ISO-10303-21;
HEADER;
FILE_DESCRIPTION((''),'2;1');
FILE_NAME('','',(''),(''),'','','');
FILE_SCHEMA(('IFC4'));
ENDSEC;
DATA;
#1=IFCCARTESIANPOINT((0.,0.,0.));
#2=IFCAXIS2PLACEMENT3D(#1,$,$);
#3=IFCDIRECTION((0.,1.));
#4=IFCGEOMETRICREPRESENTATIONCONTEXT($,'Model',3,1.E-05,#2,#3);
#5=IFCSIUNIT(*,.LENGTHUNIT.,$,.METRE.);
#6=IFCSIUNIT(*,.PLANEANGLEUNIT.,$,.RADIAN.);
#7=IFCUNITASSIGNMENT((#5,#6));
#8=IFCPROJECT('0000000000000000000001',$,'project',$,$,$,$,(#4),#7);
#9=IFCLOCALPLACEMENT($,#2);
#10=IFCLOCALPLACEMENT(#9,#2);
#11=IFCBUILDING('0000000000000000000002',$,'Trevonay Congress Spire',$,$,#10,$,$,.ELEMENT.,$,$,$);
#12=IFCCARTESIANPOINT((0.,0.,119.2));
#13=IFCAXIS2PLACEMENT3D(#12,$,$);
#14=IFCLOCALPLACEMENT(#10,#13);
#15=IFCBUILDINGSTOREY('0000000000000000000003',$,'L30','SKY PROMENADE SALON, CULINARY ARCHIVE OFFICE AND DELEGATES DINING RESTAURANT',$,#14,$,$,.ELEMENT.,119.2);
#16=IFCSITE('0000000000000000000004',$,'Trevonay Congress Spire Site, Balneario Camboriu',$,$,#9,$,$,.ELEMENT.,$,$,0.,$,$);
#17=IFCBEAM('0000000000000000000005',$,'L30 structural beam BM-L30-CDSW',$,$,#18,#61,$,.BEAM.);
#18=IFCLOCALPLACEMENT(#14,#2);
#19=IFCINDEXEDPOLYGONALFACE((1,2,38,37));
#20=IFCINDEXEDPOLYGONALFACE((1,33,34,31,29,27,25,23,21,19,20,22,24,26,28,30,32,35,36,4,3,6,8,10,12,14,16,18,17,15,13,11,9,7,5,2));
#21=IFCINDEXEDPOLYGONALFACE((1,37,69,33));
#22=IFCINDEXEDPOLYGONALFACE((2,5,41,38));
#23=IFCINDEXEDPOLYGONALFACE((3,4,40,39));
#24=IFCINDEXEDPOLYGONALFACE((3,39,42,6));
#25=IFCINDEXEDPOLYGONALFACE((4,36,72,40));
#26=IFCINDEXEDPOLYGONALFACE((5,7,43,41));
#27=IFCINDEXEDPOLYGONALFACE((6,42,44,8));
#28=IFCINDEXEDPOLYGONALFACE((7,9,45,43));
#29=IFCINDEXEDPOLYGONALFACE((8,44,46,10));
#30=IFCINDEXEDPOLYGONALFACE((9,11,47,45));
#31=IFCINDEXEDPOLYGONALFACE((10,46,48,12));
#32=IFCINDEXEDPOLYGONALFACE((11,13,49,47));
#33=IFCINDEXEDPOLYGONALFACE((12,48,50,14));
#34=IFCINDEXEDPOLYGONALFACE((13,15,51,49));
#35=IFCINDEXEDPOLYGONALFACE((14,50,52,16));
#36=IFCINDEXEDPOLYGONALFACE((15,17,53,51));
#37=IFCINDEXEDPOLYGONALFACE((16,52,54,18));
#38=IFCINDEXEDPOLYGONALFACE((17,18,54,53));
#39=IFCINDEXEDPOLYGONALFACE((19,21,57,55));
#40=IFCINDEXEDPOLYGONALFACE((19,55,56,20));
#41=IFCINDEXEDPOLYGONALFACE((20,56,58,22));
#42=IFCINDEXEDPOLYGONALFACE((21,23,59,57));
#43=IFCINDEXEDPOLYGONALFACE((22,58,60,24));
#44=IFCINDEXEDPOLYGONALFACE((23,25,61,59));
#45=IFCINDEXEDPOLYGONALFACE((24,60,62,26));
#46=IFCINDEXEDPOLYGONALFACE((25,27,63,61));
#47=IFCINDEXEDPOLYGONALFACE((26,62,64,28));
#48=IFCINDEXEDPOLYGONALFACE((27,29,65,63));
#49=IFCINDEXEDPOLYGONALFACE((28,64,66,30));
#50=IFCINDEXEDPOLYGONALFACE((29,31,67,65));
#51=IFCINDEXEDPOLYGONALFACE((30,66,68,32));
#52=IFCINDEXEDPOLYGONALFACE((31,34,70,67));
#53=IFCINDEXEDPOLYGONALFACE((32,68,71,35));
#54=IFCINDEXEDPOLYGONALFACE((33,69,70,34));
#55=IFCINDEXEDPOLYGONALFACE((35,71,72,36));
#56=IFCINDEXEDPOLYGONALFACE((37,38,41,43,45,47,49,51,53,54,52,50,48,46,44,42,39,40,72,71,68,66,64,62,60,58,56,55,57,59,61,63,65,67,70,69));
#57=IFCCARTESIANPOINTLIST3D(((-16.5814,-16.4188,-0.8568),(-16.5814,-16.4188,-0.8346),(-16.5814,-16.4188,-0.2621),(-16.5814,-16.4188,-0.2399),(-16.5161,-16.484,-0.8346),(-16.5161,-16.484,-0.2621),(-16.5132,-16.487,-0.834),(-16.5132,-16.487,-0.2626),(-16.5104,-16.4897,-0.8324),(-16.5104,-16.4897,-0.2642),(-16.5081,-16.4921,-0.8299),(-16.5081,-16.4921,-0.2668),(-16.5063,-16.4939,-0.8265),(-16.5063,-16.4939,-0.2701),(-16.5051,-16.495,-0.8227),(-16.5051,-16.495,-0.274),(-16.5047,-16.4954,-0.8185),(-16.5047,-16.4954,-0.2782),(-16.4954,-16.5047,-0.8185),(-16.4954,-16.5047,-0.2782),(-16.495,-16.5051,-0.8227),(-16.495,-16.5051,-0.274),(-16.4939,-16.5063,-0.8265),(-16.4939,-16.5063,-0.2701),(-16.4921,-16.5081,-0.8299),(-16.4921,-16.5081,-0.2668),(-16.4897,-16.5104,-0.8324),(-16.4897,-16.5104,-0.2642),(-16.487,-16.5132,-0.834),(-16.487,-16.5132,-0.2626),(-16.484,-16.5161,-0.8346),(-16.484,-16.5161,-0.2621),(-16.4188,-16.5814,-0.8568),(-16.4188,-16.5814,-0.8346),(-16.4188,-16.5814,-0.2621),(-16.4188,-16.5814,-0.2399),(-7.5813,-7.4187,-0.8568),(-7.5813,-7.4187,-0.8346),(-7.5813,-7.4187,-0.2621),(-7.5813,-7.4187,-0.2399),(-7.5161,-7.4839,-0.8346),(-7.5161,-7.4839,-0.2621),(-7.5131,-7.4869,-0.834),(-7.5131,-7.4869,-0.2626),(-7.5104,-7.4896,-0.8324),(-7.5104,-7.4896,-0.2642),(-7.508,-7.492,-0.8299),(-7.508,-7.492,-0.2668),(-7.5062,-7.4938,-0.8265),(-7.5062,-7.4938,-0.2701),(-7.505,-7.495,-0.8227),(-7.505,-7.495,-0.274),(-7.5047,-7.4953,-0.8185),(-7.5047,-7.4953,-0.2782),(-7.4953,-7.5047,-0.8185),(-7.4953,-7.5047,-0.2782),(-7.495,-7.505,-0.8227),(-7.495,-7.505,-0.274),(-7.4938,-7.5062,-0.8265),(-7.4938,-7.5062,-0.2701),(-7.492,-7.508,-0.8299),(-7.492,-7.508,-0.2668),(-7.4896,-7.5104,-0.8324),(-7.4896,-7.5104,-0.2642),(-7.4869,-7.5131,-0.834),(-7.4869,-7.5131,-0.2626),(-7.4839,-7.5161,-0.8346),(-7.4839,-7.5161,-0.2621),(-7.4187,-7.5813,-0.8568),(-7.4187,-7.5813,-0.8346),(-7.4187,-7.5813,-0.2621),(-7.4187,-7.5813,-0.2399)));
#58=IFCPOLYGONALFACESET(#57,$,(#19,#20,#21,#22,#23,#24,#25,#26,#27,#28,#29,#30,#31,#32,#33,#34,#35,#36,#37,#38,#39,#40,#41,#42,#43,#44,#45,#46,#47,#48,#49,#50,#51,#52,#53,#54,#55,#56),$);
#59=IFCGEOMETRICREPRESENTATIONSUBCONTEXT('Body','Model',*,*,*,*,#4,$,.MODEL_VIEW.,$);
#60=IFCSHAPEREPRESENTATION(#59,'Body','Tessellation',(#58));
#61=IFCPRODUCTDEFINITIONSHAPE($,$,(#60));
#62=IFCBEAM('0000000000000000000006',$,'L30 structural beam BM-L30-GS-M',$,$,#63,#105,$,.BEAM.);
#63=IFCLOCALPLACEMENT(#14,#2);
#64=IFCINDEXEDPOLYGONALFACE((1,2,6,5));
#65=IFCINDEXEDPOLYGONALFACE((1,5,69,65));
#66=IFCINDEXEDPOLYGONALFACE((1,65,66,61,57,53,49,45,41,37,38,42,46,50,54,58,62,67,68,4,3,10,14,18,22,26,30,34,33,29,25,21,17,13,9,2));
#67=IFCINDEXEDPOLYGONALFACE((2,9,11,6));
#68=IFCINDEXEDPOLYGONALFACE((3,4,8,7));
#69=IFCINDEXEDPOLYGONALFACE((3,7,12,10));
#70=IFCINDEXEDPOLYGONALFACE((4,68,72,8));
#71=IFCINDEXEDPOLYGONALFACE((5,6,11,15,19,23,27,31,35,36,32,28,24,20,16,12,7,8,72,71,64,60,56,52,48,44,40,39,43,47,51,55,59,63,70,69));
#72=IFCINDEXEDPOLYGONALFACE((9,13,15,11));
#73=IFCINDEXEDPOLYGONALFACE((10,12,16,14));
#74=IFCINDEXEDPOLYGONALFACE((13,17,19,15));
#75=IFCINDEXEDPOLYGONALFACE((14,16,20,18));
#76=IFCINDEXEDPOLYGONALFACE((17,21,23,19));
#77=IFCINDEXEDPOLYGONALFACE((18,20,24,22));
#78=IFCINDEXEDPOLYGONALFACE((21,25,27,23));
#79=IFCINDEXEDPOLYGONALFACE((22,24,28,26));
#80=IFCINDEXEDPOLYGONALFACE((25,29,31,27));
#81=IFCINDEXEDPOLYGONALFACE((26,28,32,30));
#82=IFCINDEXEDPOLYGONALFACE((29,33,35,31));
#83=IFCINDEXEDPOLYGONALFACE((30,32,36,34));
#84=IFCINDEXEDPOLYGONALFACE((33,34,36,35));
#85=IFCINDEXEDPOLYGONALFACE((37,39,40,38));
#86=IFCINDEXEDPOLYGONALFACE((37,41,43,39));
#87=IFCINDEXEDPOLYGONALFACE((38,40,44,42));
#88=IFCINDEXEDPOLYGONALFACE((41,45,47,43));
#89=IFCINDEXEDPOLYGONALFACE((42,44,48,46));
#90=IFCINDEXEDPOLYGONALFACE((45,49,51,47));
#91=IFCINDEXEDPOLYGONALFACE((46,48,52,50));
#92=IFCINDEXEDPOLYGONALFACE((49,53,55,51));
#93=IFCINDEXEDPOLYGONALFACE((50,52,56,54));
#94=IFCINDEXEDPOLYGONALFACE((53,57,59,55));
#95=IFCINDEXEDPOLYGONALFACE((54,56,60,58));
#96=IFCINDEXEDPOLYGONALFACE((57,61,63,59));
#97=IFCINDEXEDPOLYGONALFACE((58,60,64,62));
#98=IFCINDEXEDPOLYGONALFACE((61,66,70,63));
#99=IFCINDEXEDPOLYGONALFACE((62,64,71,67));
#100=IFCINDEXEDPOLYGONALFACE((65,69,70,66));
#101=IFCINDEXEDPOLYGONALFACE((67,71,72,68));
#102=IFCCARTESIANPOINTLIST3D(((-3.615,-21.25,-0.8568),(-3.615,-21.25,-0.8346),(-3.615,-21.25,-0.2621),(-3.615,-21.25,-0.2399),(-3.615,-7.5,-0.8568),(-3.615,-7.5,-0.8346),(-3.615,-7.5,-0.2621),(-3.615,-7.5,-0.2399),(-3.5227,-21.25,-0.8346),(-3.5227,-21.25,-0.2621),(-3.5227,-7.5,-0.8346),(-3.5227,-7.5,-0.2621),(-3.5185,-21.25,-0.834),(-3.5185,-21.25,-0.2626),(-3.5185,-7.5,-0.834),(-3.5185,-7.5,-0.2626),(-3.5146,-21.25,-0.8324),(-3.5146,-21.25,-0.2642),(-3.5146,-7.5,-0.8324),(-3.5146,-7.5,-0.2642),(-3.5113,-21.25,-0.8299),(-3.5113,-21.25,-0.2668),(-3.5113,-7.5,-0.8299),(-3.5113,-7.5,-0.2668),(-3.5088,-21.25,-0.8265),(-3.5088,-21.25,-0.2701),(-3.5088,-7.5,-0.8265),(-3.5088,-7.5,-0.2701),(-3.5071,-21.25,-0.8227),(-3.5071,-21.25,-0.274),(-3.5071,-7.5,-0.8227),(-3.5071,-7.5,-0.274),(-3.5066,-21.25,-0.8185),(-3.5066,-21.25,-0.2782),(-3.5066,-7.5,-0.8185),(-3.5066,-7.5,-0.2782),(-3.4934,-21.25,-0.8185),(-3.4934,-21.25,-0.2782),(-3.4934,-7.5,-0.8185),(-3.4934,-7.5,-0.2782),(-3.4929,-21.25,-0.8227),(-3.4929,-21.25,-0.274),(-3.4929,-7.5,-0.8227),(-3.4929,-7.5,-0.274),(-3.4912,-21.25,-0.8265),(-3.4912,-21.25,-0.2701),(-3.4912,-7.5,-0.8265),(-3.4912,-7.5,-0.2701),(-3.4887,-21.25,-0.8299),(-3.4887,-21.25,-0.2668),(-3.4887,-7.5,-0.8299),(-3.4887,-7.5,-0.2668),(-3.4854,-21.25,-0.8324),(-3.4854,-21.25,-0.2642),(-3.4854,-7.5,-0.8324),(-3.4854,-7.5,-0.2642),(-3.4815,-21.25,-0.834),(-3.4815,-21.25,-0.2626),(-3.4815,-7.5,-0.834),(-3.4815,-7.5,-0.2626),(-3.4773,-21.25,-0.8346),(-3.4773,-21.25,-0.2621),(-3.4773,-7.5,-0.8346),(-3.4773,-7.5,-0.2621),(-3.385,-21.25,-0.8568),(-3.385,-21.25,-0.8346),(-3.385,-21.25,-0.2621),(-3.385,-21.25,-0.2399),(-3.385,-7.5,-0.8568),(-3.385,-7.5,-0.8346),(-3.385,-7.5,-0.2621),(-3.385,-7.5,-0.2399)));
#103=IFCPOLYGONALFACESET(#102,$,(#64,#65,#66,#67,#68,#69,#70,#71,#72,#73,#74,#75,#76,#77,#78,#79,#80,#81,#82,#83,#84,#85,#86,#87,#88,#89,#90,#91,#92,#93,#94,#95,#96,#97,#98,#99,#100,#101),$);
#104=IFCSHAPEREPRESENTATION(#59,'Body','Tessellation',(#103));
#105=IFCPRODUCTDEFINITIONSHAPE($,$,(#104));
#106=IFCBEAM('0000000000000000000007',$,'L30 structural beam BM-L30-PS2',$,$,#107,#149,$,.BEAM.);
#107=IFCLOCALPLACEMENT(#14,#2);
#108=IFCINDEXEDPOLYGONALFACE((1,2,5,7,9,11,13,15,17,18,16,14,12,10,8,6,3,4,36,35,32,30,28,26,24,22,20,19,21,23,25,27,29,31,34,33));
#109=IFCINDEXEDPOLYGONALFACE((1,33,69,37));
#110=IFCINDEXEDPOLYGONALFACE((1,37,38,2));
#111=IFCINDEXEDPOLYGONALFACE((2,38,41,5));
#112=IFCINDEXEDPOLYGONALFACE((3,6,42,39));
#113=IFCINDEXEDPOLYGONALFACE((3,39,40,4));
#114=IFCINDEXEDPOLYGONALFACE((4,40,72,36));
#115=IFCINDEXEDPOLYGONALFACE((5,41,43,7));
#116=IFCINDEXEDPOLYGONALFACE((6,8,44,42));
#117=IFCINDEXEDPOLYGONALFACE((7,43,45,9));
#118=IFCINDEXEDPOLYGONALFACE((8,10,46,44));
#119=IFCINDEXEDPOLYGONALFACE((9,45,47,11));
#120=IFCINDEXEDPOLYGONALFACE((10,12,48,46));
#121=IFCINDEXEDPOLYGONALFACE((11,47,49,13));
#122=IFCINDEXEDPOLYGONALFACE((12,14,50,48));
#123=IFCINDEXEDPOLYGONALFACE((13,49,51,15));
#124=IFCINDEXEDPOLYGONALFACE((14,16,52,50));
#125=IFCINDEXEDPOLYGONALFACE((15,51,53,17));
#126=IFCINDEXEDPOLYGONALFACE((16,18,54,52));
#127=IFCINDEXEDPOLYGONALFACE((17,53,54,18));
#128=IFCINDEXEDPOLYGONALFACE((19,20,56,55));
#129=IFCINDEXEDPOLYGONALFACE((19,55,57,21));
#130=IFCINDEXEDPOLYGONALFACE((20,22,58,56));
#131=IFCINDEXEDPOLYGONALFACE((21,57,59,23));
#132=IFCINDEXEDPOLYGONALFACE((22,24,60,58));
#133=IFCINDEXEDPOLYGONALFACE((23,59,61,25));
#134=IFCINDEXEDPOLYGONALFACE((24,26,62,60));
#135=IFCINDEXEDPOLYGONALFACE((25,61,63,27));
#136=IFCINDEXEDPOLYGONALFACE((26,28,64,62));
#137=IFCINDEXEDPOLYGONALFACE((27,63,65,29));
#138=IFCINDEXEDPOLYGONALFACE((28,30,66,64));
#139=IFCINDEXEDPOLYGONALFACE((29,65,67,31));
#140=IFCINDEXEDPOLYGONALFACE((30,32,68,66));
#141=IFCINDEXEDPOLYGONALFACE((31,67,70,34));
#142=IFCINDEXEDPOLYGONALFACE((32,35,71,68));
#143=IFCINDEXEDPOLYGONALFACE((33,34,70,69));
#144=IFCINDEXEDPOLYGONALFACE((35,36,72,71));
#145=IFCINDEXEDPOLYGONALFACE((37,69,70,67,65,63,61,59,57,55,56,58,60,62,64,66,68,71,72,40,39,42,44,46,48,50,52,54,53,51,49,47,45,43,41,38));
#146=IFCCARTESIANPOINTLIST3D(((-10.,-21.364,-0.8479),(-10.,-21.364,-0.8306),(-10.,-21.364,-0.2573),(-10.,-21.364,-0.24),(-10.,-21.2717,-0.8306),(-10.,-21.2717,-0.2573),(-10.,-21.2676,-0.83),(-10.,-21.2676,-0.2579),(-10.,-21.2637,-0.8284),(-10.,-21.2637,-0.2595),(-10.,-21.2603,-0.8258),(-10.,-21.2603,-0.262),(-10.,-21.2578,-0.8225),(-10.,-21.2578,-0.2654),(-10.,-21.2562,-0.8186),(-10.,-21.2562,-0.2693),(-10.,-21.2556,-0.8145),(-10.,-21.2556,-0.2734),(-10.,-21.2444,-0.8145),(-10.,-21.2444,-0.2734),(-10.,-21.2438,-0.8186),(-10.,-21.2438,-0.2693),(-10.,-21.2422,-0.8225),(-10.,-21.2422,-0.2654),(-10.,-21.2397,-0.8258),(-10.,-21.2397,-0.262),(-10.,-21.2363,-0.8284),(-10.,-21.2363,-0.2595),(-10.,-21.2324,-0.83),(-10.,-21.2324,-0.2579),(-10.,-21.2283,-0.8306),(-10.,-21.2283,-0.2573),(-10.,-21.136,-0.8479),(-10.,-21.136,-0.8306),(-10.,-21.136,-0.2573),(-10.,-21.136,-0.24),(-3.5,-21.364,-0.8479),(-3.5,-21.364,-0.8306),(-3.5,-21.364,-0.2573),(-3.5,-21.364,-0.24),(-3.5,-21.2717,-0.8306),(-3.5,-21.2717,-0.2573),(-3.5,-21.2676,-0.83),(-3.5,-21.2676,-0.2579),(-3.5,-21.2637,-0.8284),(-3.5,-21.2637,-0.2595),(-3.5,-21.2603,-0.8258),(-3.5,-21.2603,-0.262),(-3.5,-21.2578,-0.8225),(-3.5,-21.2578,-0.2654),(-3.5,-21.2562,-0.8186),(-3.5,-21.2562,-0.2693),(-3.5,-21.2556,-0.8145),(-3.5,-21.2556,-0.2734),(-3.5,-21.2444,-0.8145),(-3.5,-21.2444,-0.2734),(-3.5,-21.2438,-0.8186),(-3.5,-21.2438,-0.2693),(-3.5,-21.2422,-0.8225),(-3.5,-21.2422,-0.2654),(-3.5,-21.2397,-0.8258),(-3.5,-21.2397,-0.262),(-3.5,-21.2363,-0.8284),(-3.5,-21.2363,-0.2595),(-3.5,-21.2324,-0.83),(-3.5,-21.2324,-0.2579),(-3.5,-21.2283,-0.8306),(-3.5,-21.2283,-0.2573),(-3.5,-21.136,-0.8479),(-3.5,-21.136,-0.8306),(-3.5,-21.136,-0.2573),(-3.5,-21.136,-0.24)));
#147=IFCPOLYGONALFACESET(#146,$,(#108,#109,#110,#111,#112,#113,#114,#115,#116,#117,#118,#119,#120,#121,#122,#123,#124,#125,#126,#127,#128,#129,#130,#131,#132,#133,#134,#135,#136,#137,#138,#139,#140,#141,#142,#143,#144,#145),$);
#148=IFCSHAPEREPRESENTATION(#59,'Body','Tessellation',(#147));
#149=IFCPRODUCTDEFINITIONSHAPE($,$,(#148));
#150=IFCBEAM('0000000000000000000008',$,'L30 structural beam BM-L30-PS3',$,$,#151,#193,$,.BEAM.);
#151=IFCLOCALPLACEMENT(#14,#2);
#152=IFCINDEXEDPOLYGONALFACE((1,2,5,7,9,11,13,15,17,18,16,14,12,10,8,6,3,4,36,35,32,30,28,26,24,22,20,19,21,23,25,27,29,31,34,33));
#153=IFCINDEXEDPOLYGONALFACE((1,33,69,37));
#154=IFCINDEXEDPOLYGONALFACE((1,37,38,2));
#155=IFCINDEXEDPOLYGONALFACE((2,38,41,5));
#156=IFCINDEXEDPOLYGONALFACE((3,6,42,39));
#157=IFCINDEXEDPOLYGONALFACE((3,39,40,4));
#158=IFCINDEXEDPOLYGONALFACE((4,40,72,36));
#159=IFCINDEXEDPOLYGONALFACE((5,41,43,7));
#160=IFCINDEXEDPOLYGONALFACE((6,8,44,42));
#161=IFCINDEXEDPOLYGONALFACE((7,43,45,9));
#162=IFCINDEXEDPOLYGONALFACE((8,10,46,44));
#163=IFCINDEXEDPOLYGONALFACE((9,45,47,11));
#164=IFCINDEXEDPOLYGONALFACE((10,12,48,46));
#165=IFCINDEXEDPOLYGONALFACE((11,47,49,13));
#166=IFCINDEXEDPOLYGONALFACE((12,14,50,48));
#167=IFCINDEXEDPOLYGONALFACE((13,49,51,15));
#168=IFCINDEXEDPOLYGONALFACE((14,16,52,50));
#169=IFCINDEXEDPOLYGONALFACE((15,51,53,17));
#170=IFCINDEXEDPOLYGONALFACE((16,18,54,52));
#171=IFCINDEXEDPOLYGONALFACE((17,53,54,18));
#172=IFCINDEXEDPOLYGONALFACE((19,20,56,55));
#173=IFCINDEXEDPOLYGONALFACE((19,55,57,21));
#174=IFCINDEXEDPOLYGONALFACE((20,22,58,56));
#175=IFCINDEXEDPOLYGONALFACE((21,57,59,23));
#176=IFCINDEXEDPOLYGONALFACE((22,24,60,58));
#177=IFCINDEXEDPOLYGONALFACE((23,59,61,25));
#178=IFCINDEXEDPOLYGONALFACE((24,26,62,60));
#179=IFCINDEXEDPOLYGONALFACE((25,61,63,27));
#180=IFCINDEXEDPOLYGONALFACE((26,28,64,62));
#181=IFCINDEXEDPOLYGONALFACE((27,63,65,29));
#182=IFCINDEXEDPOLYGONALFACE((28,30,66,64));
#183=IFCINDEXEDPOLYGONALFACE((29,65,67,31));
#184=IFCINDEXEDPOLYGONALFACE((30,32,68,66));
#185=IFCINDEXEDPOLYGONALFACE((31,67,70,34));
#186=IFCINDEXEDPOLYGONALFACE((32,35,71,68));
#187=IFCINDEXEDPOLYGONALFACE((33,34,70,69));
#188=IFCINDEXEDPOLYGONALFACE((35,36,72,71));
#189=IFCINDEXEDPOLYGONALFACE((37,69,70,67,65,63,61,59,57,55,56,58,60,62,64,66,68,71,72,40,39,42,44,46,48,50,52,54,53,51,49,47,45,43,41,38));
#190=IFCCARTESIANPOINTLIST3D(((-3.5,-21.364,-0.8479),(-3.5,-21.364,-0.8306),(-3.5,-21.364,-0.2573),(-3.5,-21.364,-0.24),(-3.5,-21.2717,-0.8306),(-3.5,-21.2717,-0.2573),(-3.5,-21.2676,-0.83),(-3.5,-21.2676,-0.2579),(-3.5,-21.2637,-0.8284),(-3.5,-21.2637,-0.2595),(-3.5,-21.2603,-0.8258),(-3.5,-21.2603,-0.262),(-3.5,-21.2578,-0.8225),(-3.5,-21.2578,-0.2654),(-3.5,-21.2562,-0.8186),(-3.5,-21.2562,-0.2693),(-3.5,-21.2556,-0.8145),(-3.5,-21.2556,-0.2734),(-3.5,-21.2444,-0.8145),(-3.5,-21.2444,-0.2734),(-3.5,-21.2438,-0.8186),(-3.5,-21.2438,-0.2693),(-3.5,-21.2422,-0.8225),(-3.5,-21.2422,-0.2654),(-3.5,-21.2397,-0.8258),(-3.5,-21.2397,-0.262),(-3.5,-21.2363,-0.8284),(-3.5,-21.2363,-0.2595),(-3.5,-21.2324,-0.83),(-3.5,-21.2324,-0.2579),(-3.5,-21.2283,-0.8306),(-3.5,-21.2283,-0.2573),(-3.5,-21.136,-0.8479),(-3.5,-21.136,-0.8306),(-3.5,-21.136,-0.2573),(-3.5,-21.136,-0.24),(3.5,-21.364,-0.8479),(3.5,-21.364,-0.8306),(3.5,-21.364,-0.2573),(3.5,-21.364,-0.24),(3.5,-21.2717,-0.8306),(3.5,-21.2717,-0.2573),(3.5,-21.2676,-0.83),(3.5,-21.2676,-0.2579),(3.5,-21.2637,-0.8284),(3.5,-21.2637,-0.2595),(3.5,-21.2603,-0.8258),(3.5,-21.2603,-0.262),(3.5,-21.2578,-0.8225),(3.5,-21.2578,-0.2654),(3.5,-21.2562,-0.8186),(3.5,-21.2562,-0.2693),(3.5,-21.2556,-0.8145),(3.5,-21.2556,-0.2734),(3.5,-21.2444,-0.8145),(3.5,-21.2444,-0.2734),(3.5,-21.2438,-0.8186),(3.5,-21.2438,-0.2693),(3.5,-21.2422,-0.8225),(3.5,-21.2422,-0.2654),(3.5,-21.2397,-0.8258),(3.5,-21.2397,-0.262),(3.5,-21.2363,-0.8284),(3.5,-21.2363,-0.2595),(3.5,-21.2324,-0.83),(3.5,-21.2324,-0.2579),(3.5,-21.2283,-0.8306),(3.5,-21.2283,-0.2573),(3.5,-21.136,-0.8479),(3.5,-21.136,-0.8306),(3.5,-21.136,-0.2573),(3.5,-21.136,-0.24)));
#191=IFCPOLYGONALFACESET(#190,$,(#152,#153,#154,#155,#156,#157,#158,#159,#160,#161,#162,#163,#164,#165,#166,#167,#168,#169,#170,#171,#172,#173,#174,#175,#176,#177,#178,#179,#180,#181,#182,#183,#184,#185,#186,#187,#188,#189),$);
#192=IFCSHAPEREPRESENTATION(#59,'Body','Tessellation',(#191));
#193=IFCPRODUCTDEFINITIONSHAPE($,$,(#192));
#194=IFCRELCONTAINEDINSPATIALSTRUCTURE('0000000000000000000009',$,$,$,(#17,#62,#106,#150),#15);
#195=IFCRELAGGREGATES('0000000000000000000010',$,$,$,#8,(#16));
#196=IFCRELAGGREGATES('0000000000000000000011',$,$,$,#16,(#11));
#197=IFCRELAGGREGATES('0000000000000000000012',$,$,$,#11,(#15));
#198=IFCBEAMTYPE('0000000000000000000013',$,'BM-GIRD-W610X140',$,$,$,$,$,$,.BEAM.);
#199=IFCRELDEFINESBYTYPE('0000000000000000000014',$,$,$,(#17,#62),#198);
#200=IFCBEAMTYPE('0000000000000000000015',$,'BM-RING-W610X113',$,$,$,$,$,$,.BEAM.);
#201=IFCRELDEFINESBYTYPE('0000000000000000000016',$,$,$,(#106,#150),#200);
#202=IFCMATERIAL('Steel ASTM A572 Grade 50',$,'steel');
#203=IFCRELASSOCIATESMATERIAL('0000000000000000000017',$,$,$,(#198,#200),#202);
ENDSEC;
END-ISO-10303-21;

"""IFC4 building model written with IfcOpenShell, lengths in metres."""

from ifc_helpers import new_model, si_unit, direction, frame, origin, origin_2d, place, context, subcontext, project, spatial, i_section, extrude, material, material_profile, profile_set, type_object, element, save


model = new_model("IFC4")

# Units and contexts
model_context = context("Model", 3, precision=1e-05, world=origin(), true_north=direction((0.0, 1.0)))
body_context = subcontext(model_context, "Body", "Model", "MODEL_VIEW")
ifc_project = project(units=[si_unit("LENGTHUNIT", "METRE"), si_unit("PLANEANGLEUNIT", "RADIAN")], contexts=[model_context])

# Site, building, storey
site_placement = place(None, origin())
site = spatial("IfcSite", under=ifc_project, at=site_placement, Name="Trevonay Congress Spire Site, Balneario Camboriu", CompositionType="ELEMENT", RefElevation=0.0)
building_placement = place(site_placement, origin())
building = spatial("IfcBuilding", under=site, at=building_placement, Name="Trevonay Congress Spire", CompositionType="ELEMENT")
storey_placement = place(building_placement, frame((0.0, 0.0, 119.2)))
storey = spatial("IfcBuildingStorey", under=building, at=storey_placement, Name="L30", Description="SKY PROMENADE SALON, CULINARY ARCHIVE OFFICE AND DELEGATES DINING RESTAURANT", CompositionType="ELEMENT", Elevation=119.2)

# Shared definitions
ifc_material_1 = material(Name="Steel ASTM A572 Grade 50", Category="steel")

# Beams
ifc_material_profile_1 = material_profile(ifc_material_1, i_section(OverallWidth=0.23, OverallDepth=0.6169, WebThickness=0.0132, FlangeThickness=0.0222, FilletRadius=0.0161, at=origin_2d()), Name="W610x140")
ifc_profile_set_1 = profile_set([ifc_material_profile_1], Name="Steel ASTM A572 Grade 50")
beam_type_1 = type_object("IfcBeamType", Name="BM-GIRD-W610X140", PredefinedType="BEAM", material=ifc_profile_set_1)
beam_1_placement = place(storey_placement, frame((-7.5, -7.5, -0.5483), z_axis=(-0.707107, -0.707107, 0.0), x_axis=(0.707107, -0.707107, 0.0)))
element("IfcBeam", 1, at=beam_1_placement, inside=storey, type_object=beam_type_1, Name="L30 structural beam BM-L30-CDSW", PredefinedType="BEAM", context=body_context, shape_type="SweptSolid", body=[
    extrude(i_section(OverallWidth=0.23, OverallDepth=0.6169, WebThickness=0.0132, FlangeThickness=0.0222, FilletRadius=0.0161, at=origin_2d()), origin(), (0.0, 0.0, 1.0), 12.728),
])
beam_2_placement = place(storey_placement, frame((-3.5, -7.5, -0.5483), z_axis=(0.0, -1.0, 0.0), x_axis=(1.0, 0.0, 0.0)))
element("IfcBeam", 2, at=beam_2_placement, inside=storey, type_object=beam_type_1, Name="L30 structural beam BM-L30-GS-M", PredefinedType="BEAM", context=body_context, shape_type="SweptSolid", body=[
    extrude(i_section(OverallWidth=0.23, OverallDepth=0.6169, WebThickness=0.0132, FlangeThickness=0.0222, FilletRadius=0.0161, at=origin_2d()), origin(), (0.0, 0.0, 1.0), 13.75),
])
ifc_material_profile_2 = material_profile(ifc_material_1, i_section(OverallWidth=0.228, OverallDepth=0.6079, WebThickness=0.0112, FlangeThickness=0.0173, FilletRadius=0.0161, at=origin_2d()), Name="W610x113")
ifc_profile_set_2 = profile_set([ifc_material_profile_2], Name="Steel ASTM A572 Grade 50")
beam_type_2 = type_object("IfcBeamType", Name="BM-RING-W610X113", PredefinedType="BEAM", material=ifc_profile_set_2)
beam_3_placement = place(storey_placement, frame((-10.0, -21.25, -0.5439), z_axis=(1.0, 0.0, 0.0), x_axis=(0.0, 1.0, 0.0)))
element("IfcBeam", 3, at=beam_3_placement, inside=storey, type_object=beam_type_2, Name="L30 structural beam BM-L30-PS2", PredefinedType="BEAM", context=body_context, shape_type="SweptSolid", body=[
    extrude(i_section(OverallWidth=0.228, OverallDepth=0.6079, WebThickness=0.0112, FlangeThickness=0.0173, FilletRadius=0.0161, at=origin_2d()), origin(), (0.0, 0.0, 1.0), 6.5),
])
beam_4_placement = place(storey_placement, frame((-3.5, -21.25, -0.5439), z_axis=(1.0, 0.0, 0.0), x_axis=(0.0, 1.0, 0.0)))
element("IfcBeam", 4, at=beam_4_placement, inside=storey, type_object=beam_type_2, Name="L30 structural beam BM-L30-PS3", PredefinedType="BEAM", context=body_context, shape_type="SweptSolid", body=[
    extrude(i_section(OverallWidth=0.228, OverallDepth=0.6079, WebThickness=0.0112, FlangeThickness=0.0173, FilletRadius=0.0161, at=origin_2d()), origin(), (0.0, 0.0, 1.0), 7.0),
])

save(model, "model.ifc")
